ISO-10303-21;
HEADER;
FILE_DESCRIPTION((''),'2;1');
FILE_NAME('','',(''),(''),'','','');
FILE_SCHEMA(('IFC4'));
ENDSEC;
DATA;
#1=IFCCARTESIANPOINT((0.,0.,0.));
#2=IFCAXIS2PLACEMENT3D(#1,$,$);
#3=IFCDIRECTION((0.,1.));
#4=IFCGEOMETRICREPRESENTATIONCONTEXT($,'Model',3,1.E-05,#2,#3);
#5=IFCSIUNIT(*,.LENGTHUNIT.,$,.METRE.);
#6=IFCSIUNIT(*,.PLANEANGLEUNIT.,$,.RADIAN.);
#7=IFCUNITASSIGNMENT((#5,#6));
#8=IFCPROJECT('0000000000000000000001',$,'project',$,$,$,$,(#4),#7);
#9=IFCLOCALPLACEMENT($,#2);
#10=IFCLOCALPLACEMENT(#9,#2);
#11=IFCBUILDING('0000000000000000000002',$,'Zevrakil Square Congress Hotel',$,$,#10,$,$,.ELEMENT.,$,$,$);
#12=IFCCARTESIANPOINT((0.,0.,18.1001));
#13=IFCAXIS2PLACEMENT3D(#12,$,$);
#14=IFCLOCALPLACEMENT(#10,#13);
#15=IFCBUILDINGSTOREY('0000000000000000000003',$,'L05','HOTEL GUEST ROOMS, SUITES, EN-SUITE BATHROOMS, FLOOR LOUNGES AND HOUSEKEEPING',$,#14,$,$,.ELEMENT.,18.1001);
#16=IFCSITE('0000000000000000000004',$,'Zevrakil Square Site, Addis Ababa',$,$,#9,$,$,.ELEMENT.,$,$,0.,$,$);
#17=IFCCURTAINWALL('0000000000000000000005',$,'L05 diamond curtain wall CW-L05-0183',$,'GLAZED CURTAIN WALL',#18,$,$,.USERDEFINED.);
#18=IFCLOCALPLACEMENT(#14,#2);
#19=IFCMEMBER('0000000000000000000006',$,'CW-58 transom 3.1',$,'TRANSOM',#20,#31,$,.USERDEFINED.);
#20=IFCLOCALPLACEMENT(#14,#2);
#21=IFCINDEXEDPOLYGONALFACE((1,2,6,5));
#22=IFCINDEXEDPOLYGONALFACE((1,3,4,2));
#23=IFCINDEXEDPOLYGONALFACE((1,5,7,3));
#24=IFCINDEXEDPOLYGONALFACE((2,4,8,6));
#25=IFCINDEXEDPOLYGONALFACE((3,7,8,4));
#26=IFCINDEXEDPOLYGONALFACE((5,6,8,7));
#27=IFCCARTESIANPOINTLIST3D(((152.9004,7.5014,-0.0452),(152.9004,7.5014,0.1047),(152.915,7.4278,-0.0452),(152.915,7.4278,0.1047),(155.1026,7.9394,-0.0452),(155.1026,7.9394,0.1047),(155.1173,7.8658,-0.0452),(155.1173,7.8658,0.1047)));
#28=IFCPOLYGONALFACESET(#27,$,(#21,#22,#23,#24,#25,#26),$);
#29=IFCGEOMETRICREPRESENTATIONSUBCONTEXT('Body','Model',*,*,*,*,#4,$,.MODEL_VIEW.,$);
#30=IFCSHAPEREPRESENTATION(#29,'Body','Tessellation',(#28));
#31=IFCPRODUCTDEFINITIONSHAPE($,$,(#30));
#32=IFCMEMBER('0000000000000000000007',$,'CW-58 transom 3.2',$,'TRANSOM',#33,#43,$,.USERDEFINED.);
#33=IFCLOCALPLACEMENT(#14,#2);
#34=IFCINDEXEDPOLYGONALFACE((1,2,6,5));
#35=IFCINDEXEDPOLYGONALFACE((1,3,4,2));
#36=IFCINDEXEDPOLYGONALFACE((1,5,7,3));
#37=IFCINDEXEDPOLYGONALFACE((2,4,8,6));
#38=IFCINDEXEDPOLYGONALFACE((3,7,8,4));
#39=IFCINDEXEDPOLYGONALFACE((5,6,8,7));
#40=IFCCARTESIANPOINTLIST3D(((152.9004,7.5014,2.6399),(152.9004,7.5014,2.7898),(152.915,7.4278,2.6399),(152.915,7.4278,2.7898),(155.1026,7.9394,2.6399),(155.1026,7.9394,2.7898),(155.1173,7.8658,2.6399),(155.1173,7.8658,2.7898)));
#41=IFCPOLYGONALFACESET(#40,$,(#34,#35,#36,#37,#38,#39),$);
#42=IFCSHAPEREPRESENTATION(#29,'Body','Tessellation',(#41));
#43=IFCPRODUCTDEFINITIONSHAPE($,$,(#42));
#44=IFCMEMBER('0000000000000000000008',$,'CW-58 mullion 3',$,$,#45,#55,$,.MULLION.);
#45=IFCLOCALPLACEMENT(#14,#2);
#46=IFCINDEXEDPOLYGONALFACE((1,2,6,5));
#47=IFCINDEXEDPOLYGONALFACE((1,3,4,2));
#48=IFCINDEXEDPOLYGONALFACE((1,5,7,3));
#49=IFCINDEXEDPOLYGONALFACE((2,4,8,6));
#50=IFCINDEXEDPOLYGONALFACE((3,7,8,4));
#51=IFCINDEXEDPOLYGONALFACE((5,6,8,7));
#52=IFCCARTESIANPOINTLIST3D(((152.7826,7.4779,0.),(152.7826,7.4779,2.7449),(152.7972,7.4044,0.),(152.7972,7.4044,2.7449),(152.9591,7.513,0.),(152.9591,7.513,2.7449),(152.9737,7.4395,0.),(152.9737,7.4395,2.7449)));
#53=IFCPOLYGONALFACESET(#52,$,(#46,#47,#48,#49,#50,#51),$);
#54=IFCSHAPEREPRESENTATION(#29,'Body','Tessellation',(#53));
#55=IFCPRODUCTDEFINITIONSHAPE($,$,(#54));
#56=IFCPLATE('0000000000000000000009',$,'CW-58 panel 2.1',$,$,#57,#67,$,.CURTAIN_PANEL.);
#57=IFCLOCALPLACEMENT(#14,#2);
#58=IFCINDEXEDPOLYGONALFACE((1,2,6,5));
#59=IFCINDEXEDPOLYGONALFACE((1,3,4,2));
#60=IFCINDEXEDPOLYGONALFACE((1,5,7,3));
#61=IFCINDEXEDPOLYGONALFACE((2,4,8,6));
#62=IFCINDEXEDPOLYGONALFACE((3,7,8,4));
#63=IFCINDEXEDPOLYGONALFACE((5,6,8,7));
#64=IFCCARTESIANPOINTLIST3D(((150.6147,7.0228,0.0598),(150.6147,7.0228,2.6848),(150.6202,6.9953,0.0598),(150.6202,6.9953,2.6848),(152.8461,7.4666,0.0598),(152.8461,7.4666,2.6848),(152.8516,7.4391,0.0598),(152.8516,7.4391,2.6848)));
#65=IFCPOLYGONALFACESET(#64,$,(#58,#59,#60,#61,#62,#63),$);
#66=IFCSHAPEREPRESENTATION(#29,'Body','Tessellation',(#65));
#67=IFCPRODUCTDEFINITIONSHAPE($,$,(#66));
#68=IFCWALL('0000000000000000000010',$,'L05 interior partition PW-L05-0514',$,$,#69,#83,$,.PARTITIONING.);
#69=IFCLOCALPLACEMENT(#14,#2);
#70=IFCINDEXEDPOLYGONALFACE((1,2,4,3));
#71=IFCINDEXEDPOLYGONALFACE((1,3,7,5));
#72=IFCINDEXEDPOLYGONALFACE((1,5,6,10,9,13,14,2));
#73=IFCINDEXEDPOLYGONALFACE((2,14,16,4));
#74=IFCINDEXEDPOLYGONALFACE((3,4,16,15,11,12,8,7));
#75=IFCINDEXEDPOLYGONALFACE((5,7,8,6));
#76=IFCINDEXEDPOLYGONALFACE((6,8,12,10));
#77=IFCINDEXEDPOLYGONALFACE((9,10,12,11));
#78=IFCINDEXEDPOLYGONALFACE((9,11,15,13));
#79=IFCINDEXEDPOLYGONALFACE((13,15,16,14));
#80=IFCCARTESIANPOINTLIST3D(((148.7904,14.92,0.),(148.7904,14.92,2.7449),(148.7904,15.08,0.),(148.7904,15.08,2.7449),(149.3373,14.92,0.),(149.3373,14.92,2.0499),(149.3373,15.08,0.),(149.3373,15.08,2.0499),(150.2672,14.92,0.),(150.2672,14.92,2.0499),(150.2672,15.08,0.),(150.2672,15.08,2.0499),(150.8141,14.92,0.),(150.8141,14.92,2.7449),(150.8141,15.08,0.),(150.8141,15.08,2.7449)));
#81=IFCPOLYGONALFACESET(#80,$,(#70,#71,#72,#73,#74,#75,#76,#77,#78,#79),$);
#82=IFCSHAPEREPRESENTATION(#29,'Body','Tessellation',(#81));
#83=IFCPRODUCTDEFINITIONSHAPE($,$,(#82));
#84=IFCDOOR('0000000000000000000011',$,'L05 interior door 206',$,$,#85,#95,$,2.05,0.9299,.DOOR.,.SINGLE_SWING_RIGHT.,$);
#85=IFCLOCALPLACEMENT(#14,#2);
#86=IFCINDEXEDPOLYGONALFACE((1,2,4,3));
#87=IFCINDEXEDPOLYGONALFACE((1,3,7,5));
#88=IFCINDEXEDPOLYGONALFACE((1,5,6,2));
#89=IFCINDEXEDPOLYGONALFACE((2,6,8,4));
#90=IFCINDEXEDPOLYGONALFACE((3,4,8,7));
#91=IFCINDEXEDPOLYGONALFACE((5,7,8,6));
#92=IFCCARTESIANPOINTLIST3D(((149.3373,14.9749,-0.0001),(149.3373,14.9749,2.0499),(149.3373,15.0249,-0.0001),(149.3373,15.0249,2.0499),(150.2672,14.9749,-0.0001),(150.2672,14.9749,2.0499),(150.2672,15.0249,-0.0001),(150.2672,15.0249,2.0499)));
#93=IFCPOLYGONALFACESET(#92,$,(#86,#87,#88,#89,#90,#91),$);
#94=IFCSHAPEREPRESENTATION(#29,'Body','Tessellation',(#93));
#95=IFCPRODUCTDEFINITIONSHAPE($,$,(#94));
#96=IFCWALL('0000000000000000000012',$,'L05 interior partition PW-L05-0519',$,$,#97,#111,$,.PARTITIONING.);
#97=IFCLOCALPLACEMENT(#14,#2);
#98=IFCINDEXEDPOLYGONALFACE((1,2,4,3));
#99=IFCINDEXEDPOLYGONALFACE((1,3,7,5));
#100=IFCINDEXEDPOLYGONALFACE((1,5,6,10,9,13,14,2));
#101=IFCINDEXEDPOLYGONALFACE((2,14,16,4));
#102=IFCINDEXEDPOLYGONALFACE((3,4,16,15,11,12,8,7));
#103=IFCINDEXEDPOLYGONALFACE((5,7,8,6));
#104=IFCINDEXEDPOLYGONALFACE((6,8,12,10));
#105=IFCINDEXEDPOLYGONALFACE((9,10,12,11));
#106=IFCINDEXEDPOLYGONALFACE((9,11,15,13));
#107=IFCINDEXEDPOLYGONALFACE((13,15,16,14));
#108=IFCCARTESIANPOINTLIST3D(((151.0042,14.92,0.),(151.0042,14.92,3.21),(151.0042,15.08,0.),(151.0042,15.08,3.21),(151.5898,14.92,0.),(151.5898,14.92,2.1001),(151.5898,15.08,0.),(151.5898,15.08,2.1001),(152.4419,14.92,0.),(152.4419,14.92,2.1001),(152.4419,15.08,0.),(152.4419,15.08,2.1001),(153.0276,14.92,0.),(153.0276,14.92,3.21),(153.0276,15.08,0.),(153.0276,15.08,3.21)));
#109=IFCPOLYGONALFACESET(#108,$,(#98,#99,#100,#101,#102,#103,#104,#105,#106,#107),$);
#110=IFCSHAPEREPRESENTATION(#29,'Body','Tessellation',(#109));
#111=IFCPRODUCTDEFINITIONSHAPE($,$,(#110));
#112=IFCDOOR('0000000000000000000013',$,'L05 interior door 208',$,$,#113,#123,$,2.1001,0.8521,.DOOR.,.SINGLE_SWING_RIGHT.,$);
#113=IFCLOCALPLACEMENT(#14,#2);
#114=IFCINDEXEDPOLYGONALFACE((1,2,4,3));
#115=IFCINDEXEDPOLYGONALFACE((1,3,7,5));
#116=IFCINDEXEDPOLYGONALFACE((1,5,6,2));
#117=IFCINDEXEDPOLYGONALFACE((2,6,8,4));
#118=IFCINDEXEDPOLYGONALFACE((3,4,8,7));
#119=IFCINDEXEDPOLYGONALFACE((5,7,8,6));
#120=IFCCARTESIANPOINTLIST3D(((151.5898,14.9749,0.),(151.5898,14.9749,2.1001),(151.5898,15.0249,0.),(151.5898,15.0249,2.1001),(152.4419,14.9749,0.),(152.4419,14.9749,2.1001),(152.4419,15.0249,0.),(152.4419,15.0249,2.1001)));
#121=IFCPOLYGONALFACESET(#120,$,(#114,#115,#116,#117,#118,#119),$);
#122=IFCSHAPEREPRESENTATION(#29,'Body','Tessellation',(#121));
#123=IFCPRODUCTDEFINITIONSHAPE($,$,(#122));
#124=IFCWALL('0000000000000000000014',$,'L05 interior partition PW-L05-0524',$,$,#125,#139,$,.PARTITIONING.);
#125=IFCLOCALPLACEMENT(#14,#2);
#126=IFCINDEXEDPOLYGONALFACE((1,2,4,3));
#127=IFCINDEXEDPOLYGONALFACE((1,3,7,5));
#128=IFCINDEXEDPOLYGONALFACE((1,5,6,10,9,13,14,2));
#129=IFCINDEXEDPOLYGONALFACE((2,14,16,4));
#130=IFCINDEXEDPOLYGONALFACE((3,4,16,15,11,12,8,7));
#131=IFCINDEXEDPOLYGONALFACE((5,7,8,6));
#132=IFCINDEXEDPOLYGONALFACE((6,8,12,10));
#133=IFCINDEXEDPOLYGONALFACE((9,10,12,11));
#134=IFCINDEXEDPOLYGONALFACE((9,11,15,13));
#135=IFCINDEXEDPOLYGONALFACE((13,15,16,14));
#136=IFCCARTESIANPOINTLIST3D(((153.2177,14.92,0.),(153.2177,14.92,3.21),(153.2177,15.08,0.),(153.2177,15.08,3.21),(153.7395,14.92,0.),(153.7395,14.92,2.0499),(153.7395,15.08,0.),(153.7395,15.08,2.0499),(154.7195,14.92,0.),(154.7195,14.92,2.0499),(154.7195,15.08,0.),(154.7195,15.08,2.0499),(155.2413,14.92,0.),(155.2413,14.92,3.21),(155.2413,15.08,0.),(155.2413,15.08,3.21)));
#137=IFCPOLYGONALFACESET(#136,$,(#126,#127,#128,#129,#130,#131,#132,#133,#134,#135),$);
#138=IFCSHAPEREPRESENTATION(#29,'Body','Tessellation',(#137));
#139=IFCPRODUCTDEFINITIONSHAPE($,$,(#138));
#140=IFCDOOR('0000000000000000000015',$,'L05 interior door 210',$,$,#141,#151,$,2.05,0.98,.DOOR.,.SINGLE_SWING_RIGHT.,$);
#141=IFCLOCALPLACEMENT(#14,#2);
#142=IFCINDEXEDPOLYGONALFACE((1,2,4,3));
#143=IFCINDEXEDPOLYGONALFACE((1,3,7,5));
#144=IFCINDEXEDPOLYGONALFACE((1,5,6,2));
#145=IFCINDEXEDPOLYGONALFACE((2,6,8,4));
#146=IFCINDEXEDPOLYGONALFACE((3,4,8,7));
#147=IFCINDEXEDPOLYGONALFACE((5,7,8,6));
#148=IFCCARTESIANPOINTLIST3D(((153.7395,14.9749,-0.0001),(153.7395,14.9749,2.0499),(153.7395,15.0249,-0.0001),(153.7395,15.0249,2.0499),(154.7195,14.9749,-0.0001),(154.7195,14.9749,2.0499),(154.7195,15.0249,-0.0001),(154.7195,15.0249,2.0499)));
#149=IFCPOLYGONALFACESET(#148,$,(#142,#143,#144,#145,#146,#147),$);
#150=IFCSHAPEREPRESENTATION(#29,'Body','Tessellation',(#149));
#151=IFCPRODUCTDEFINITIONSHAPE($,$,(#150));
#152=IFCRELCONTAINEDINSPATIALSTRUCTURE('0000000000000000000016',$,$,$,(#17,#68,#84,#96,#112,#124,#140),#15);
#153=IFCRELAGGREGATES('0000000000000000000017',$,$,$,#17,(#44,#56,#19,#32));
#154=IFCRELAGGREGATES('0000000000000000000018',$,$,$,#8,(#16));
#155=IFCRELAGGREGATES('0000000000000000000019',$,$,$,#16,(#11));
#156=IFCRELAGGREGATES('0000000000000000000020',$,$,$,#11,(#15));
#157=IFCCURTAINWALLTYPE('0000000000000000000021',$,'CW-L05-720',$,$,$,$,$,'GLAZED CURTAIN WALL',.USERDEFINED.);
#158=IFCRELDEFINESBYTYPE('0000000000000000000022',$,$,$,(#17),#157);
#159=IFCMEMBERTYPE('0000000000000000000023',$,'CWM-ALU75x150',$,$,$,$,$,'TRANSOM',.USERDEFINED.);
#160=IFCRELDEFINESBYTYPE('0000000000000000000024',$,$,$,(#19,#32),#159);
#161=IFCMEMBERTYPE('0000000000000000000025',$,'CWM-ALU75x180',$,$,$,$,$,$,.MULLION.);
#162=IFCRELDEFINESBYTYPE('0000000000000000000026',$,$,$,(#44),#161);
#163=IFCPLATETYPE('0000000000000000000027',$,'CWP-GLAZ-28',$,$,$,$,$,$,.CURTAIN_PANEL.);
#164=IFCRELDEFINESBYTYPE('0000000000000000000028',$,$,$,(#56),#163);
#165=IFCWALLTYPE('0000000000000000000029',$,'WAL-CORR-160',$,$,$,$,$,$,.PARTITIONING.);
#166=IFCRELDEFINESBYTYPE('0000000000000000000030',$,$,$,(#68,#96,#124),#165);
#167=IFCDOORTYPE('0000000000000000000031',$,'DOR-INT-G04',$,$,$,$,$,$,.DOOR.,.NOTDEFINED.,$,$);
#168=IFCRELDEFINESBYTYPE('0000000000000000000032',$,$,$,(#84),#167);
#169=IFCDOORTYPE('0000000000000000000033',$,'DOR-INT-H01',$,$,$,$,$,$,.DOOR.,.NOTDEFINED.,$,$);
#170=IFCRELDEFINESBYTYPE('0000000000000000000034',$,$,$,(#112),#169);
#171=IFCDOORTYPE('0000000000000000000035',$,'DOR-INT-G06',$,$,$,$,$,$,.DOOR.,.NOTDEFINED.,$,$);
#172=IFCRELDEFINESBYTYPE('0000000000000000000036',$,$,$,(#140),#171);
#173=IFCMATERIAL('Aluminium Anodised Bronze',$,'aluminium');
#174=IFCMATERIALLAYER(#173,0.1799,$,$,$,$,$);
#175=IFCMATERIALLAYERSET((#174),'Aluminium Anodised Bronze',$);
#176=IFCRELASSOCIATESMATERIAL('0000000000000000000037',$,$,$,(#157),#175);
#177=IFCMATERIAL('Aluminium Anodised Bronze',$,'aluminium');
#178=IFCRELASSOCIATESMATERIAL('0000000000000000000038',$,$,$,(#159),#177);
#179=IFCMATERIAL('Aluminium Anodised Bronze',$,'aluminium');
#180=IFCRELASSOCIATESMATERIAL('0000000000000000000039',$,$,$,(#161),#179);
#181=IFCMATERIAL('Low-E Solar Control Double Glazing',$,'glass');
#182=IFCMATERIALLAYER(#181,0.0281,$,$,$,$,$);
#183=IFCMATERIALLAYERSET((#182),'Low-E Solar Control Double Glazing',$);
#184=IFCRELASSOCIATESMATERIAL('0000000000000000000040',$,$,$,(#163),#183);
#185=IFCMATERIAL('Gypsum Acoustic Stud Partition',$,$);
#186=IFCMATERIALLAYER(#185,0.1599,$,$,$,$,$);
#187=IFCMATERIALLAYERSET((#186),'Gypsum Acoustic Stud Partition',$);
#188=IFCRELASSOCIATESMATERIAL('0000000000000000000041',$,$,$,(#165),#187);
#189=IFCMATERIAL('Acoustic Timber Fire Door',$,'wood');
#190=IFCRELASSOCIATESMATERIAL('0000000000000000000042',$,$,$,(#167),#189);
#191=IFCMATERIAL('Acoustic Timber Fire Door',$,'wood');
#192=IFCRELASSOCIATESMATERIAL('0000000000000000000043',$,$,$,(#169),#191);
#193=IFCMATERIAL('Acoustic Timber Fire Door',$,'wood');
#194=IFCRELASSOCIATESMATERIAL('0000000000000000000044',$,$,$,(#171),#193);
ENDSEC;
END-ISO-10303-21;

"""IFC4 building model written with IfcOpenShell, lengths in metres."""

from ifc_helpers import new_model, si_unit, direction, frame, frame_2d, origin, origin_2d, place, context, subcontext, project, spatial, rectangle, extrude, material, layer, layer_set, material_profile, profile_set, type_object, element, fill, aggregate, save


model = new_model("IFC4")

# Units and contexts
model_context = context("Model", 3, precision=1e-05, world=origin(), true_north=direction((0.0, 1.0)))
body_context = subcontext(model_context, "Body", "Model", "MODEL_VIEW")
ifc_project = project(units=[si_unit("LENGTHUNIT", "METRE"), si_unit("PLANEANGLEUNIT", "RADIAN")], contexts=[model_context])

# Site, building, storey
site_placement = place(None, origin())
site = spatial("IfcSite", under=ifc_project, at=site_placement, Name="Zevrakil Square Site, Addis Ababa", CompositionType="ELEMENT", RefElevation=0.0)
building_placement = place(site_placement, origin())
building = spatial("IfcBuilding", under=site, at=building_placement, Name="Zevrakil Square Congress Hotel", CompositionType="ELEMENT")
storey_placement = place(building_placement, frame((0.0, 0.0, 18.1001)))
storey = spatial("IfcBuildingStorey", under=building, at=storey_placement, Name="L05", Description="HOTEL GUEST ROOMS, SUITES, EN-SUITE BATHROOMS, FLOOR LOUNGES AND HOUSEKEEPING", CompositionType="ELEMENT", Elevation=18.1001)

# Curtain wall, members, plate
ifc_material_1 = material(Name="Aluminium Anodised Bronze", Category="aluminium")
ifc_layer_1 = layer(ifc_material_1, 0.1799)
ifc_layer_set_1 = layer_set([ifc_layer_1], Name="Aluminium Anodised Bronze")
curtain_wall_type = type_object("IfcCurtainWallType", Name="CW-L05-720", ElementType="GLAZED CURTAIN WALL", PredefinedType="USERDEFINED", material=ifc_layer_set_1)
curtain_wall_placement = place(storey_placement, origin())
curtain_wall = element("IfcCurtainWall", 1, at=curtain_wall_placement, inside=storey, type_object=curtain_wall_type, Name="L05 diamond curtain wall CW-L05-0183", ObjectType="GLAZED CURTAIN WALL", PredefinedType="USERDEFINED")
ifc_material_2 = material(Name="Aluminium Anodised Bronze", Category="aluminium")
ifc_material_profile_1 = material_profile(ifc_material_2, rectangle(XDim=0.075, YDim=0.1499, at=origin_2d()), Name="ALU 75x150")
ifc_profile_set_1 = profile_set([ifc_material_profile_1], Name="Aluminium Anodised Bronze")
member_type_1 = type_object("IfcMemberType", Name="CWM-ALU75x150", ElementType="TRANSOM", PredefinedType="USERDEFINED", material=ifc_profile_set_1)
member_1_placement = place(storey_placement, frame((152.9077, 7.4646, 0.0298), z_axis=(0.980789, 0.19507, 0.0), x_axis=(-0.19507, 0.980789, 0.0)))
member_1 = element("IfcMember", 2, at=member_1_placement, type_object=member_type_1, Name="CW-58 transom 3.1", ObjectType="TRANSOM", PredefinedType="USERDEFINED", context=body_context, shape_type="SweptSolid", body=[
    extrude(rectangle(XDim=0.075, YDim=0.1499, at=origin_2d()), origin(), (0.0, 0.0, 1.0), 2.2454),
])
member_2_placement = place(storey_placement, frame((152.9077, 7.4646, 2.7148), z_axis=(0.980789, 0.19507, 0.0), x_axis=(-0.19507, 0.980789, 0.0)))
member_2 = element("IfcMember", 3, at=member_2_placement, type_object=member_type_1, Name="CW-58 transom 3.2", ObjectType="TRANSOM", PredefinedType="USERDEFINED", context=body_context, shape_type="SweptSolid", body=[
    extrude(rectangle(XDim=0.075, YDim=0.1499, at=origin_2d()), origin(), (0.0, 0.0, 1.0), 2.2454),
])
ifc_material_3 = material(Name="Aluminium Anodised Bronze", Category="aluminium")
ifc_material_profile_2 = material_profile(ifc_material_3, rectangle(XDim=0.075, YDim=0.1799, at=origin_2d()), Name="ALU 75x180")
ifc_profile_set_2 = profile_set([ifc_material_profile_2], Name="Aluminium Anodised Bronze")
member_type_2 = type_object("IfcMemberType", Name="CWM-ALU75x180", PredefinedType="MULLION", material=ifc_profile_set_2)
member_3_placement = place(storey_placement, frame((152.8782, 7.4587, 0.0), z_axis=(0.0, 0.0, 1.0), x_axis=(-0.195084, 0.980787, 0.0)))
member_3 = element("IfcMember", 4, at=member_3_placement, type_object=member_type_2, Name="CW-58 mullion 3", PredefinedType="MULLION", context=body_context, shape_type="SweptSolid", body=[
    extrude(rectangle(XDim=0.075, YDim=0.1799, at=origin_2d()), origin(), (0.0, 0.0, 1.0), 2.7449),
])
ifc_material_4 = material(Name="Low-E Solar Control Double Glazing", Category="glass")
ifc_layer_2 = layer(ifc_material_4, 0.0281)
ifc_layer_set_2 = layer_set([ifc_layer_2], Name="Low-E Solar Control Double Glazing")
plate_type = type_object("IfcPlateType", Name="CWP-GLAZ-28", PredefinedType="CURTAIN_PANEL", material=ifc_layer_set_2)
plate_placement = place(storey_placement, frame((151.7332, 7.231, 0.0598), z_axis=(0.0, 0.0, 1.0), x_axis=(0.980787, 0.195084, 0.0)))
plate = element("IfcPlate", 5, at=plate_placement, type_object=plate_type, Name="CW-58 panel 2.1", PredefinedType="CURTAIN_PANEL", context=body_context, shape_type="SweptSolid", body=[
    extrude(rectangle(XDim=2.2751, YDim=0.0281, at=origin_2d()), origin(), (0.0, 0.0, 1.0), 2.625),
])
aggregate(curtain_wall, [member_3, plate, member_1, member_2])

# Walls, openings, doors
ifc_material_5 = material(Name="Gypsum Acoustic Stud Partition")
ifc_layer_3 = layer(ifc_material_5, 0.1599)
ifc_layer_set_3 = layer_set([ifc_layer_3], Name="Gypsum Acoustic Stud Partition")
wall_type_1 = type_object("IfcWallType", Name="WAL-CORR-160", PredefinedType="PARTITIONING", material=ifc_layer_set_3)
wall_1_placement = place(storey_placement, frame((148.7905, 15.0, 0.0), z_axis=(0.0, 0.0, 1.0), x_axis=(1.0, 0.0, 0.0)))
wall_1 = element("IfcWall", 6, at=wall_1_placement, inside=storey, type_object=wall_type_1, Name="L05 interior partition PW-L05-0514", PredefinedType="PARTITIONING", context=body_context, shape_type="SweptSolid", body=[
    extrude(rectangle(XDim=2.0237, YDim=0.1599, at=frame_2d((1.0117, 0.0))), origin(), (0.0, 0.0, 1.0), 2.7449),
])
opening_1_placement = place(wall_1_placement, frame((0.5469, 0.0, 0.0)))
opening_1 = element("IfcOpeningElement", 7, at=opening_1_placement, cuts=wall_1, PredefinedType="OPENING", context=body_context, shape_type="SweptSolid", body=[
    extrude(rectangle(XDim=0.9299, YDim=2.05, at=frame_2d((0.4648, 1.0249))), frame((0.0, 0.0898, 0.0), z_axis=(0.0, -1.0, 0.0), x_axis=(1.0, 0.0, 0.0)), (0.0, 0.0, 1.0), 0.1799),
])
ifc_material_6 = material(Name="Acoustic Timber Fire Door", Category="wood")
door_type_1 = type_object("IfcDoorType", Name="DOR-INT-G04", OperationType="NOTDEFINED", PredefinedType="DOOR", material=ifc_material_6)
door_1_placement = place(opening_1_placement, origin())
door_1 = element("IfcDoor", 8, at=door_1_placement, inside=storey, type_object=door_type_1, Name="L05 interior door 206", OperationType="SINGLE_SWING_RIGHT", OverallHeight=2.05, OverallWidth=0.9299, PredefinedType="DOOR", context=body_context, shape_type="SweptSolid", body=[
    extrude(rectangle(XDim=0.9299, YDim=2.05, at=frame_2d((0.4648, 1.0249))), frame((0.0, 0.0249, 0.0), z_axis=(0.0, -1.0, 0.0), x_axis=(1.0, 0.0, 0.0)), (0.0, 0.0, 1.0), 0.05),
])
fill(opening_1, door_1)
wall_2_placement = place(storey_placement, frame((151.0042, 15.0, 0.0), z_axis=(0.0, 0.0, 1.0), x_axis=(1.0, 0.0, 0.0)))
wall_2 = element("IfcWall", 9, at=wall_2_placement, inside=storey, type_object=wall_type_1, Name="L05 interior partition PW-L05-0519", PredefinedType="PARTITIONING", context=body_context, shape_type="SweptSolid", body=[
    extrude(rectangle(XDim=2.0234, YDim=0.1599, at=frame_2d((1.0117, 0.0))), origin(), (0.0, 0.0, 1.0), 3.21),
])
opening_2_placement = place(wall_2_placement, frame((0.5857, 0.0, 0.0)))
opening_2 = element("IfcOpeningElement", 10, at=opening_2_placement, cuts=wall_2, PredefinedType="OPENING", context=body_context, shape_type="SweptSolid", body=[
    extrude(rectangle(XDim=0.8521, YDim=2.1001, at=frame_2d((0.426, 1.05))), frame((0.0, 0.0898, 0.0), z_axis=(0.0, -1.0, 0.0), x_axis=(1.0, 0.0, 0.0)), (0.0, 0.0, 1.0), 0.1799),
])
ifc_material_7 = material(Name="Acoustic Timber Fire Door", Category="wood")
door_type_2 = type_object("IfcDoorType", Name="DOR-INT-H01", OperationType="NOTDEFINED", PredefinedType="DOOR", material=ifc_material_7)
door_2_placement = place(opening_2_placement, origin())
door_2 = element("IfcDoor", 11, at=door_2_placement, inside=storey, type_object=door_type_2, Name="L05 interior door 208", OperationType="SINGLE_SWING_RIGHT", OverallHeight=2.1001, OverallWidth=0.8521, PredefinedType="DOOR", context=body_context, shape_type="SweptSolid", body=[
    extrude(rectangle(XDim=0.8521, YDim=2.1001, at=frame_2d((0.426, 1.05))), frame((0.0, 0.0249, 0.0), z_axis=(0.0, -1.0, 0.0), x_axis=(1.0, 0.0, 0.0)), (0.0, 0.0, 1.0), 0.05),
])
fill(opening_2, door_2)
wall_3_placement = place(storey_placement, frame((153.2178, 15.0, 0.0), z_axis=(0.0, 0.0, 1.0), x_axis=(1.0, 0.0, 0.0)))
wall_3 = element("IfcWall", 12, at=wall_3_placement, inside=storey, type_object=wall_type_1, Name="L05 interior partition PW-L05-0524", PredefinedType="PARTITIONING", context=body_context, shape_type="SweptSolid", body=[
    extrude(rectangle(XDim=2.0237, YDim=0.1599, at=frame_2d((1.0117, 0.0))), origin(), (0.0, 0.0, 1.0), 3.21),
])
opening_3_placement = place(wall_3_placement, frame((0.5217, 0.0, 0.0)))
opening_3 = element("IfcOpeningElement", 13, at=opening_3_placement, cuts=wall_3, PredefinedType="OPENING", context=body_context, shape_type="SweptSolid", body=[
    extrude(rectangle(XDim=0.98, YDim=2.05, at=frame_2d((0.49, 1.0249))), frame((0.0, 0.0898, 0.0), z_axis=(0.0, -1.0, 0.0), x_axis=(1.0, 0.0, 0.0)), (0.0, 0.0, 1.0), 0.1799),
])
ifc_material_8 = material(Name="Acoustic Timber Fire Door", Category="wood")
door_type_3 = type_object("IfcDoorType", Name="DOR-INT-G06", OperationType="NOTDEFINED", PredefinedType="DOOR", material=ifc_material_8)
door_3_placement = place(opening_3_placement, origin())
door_3 = element("IfcDoor", 14, at=door_3_placement, inside=storey, type_object=door_type_3, Name="L05 interior door 210", OperationType="SINGLE_SWING_RIGHT", OverallHeight=2.05, OverallWidth=0.98, PredefinedType="DOOR", context=body_context, shape_type="SweptSolid", body=[
    extrude(rectangle(XDim=0.98, YDim=2.05, at=frame_2d((0.49, 1.0249))), frame((0.0, 0.0249, 0.0), z_axis=(0.0, -1.0, 0.0), x_axis=(1.0, 0.0, 0.0)), (0.0, 0.0, 1.0), 0.05),
])
fill(opening_3, door_3)

save(model, "model.ifc")
